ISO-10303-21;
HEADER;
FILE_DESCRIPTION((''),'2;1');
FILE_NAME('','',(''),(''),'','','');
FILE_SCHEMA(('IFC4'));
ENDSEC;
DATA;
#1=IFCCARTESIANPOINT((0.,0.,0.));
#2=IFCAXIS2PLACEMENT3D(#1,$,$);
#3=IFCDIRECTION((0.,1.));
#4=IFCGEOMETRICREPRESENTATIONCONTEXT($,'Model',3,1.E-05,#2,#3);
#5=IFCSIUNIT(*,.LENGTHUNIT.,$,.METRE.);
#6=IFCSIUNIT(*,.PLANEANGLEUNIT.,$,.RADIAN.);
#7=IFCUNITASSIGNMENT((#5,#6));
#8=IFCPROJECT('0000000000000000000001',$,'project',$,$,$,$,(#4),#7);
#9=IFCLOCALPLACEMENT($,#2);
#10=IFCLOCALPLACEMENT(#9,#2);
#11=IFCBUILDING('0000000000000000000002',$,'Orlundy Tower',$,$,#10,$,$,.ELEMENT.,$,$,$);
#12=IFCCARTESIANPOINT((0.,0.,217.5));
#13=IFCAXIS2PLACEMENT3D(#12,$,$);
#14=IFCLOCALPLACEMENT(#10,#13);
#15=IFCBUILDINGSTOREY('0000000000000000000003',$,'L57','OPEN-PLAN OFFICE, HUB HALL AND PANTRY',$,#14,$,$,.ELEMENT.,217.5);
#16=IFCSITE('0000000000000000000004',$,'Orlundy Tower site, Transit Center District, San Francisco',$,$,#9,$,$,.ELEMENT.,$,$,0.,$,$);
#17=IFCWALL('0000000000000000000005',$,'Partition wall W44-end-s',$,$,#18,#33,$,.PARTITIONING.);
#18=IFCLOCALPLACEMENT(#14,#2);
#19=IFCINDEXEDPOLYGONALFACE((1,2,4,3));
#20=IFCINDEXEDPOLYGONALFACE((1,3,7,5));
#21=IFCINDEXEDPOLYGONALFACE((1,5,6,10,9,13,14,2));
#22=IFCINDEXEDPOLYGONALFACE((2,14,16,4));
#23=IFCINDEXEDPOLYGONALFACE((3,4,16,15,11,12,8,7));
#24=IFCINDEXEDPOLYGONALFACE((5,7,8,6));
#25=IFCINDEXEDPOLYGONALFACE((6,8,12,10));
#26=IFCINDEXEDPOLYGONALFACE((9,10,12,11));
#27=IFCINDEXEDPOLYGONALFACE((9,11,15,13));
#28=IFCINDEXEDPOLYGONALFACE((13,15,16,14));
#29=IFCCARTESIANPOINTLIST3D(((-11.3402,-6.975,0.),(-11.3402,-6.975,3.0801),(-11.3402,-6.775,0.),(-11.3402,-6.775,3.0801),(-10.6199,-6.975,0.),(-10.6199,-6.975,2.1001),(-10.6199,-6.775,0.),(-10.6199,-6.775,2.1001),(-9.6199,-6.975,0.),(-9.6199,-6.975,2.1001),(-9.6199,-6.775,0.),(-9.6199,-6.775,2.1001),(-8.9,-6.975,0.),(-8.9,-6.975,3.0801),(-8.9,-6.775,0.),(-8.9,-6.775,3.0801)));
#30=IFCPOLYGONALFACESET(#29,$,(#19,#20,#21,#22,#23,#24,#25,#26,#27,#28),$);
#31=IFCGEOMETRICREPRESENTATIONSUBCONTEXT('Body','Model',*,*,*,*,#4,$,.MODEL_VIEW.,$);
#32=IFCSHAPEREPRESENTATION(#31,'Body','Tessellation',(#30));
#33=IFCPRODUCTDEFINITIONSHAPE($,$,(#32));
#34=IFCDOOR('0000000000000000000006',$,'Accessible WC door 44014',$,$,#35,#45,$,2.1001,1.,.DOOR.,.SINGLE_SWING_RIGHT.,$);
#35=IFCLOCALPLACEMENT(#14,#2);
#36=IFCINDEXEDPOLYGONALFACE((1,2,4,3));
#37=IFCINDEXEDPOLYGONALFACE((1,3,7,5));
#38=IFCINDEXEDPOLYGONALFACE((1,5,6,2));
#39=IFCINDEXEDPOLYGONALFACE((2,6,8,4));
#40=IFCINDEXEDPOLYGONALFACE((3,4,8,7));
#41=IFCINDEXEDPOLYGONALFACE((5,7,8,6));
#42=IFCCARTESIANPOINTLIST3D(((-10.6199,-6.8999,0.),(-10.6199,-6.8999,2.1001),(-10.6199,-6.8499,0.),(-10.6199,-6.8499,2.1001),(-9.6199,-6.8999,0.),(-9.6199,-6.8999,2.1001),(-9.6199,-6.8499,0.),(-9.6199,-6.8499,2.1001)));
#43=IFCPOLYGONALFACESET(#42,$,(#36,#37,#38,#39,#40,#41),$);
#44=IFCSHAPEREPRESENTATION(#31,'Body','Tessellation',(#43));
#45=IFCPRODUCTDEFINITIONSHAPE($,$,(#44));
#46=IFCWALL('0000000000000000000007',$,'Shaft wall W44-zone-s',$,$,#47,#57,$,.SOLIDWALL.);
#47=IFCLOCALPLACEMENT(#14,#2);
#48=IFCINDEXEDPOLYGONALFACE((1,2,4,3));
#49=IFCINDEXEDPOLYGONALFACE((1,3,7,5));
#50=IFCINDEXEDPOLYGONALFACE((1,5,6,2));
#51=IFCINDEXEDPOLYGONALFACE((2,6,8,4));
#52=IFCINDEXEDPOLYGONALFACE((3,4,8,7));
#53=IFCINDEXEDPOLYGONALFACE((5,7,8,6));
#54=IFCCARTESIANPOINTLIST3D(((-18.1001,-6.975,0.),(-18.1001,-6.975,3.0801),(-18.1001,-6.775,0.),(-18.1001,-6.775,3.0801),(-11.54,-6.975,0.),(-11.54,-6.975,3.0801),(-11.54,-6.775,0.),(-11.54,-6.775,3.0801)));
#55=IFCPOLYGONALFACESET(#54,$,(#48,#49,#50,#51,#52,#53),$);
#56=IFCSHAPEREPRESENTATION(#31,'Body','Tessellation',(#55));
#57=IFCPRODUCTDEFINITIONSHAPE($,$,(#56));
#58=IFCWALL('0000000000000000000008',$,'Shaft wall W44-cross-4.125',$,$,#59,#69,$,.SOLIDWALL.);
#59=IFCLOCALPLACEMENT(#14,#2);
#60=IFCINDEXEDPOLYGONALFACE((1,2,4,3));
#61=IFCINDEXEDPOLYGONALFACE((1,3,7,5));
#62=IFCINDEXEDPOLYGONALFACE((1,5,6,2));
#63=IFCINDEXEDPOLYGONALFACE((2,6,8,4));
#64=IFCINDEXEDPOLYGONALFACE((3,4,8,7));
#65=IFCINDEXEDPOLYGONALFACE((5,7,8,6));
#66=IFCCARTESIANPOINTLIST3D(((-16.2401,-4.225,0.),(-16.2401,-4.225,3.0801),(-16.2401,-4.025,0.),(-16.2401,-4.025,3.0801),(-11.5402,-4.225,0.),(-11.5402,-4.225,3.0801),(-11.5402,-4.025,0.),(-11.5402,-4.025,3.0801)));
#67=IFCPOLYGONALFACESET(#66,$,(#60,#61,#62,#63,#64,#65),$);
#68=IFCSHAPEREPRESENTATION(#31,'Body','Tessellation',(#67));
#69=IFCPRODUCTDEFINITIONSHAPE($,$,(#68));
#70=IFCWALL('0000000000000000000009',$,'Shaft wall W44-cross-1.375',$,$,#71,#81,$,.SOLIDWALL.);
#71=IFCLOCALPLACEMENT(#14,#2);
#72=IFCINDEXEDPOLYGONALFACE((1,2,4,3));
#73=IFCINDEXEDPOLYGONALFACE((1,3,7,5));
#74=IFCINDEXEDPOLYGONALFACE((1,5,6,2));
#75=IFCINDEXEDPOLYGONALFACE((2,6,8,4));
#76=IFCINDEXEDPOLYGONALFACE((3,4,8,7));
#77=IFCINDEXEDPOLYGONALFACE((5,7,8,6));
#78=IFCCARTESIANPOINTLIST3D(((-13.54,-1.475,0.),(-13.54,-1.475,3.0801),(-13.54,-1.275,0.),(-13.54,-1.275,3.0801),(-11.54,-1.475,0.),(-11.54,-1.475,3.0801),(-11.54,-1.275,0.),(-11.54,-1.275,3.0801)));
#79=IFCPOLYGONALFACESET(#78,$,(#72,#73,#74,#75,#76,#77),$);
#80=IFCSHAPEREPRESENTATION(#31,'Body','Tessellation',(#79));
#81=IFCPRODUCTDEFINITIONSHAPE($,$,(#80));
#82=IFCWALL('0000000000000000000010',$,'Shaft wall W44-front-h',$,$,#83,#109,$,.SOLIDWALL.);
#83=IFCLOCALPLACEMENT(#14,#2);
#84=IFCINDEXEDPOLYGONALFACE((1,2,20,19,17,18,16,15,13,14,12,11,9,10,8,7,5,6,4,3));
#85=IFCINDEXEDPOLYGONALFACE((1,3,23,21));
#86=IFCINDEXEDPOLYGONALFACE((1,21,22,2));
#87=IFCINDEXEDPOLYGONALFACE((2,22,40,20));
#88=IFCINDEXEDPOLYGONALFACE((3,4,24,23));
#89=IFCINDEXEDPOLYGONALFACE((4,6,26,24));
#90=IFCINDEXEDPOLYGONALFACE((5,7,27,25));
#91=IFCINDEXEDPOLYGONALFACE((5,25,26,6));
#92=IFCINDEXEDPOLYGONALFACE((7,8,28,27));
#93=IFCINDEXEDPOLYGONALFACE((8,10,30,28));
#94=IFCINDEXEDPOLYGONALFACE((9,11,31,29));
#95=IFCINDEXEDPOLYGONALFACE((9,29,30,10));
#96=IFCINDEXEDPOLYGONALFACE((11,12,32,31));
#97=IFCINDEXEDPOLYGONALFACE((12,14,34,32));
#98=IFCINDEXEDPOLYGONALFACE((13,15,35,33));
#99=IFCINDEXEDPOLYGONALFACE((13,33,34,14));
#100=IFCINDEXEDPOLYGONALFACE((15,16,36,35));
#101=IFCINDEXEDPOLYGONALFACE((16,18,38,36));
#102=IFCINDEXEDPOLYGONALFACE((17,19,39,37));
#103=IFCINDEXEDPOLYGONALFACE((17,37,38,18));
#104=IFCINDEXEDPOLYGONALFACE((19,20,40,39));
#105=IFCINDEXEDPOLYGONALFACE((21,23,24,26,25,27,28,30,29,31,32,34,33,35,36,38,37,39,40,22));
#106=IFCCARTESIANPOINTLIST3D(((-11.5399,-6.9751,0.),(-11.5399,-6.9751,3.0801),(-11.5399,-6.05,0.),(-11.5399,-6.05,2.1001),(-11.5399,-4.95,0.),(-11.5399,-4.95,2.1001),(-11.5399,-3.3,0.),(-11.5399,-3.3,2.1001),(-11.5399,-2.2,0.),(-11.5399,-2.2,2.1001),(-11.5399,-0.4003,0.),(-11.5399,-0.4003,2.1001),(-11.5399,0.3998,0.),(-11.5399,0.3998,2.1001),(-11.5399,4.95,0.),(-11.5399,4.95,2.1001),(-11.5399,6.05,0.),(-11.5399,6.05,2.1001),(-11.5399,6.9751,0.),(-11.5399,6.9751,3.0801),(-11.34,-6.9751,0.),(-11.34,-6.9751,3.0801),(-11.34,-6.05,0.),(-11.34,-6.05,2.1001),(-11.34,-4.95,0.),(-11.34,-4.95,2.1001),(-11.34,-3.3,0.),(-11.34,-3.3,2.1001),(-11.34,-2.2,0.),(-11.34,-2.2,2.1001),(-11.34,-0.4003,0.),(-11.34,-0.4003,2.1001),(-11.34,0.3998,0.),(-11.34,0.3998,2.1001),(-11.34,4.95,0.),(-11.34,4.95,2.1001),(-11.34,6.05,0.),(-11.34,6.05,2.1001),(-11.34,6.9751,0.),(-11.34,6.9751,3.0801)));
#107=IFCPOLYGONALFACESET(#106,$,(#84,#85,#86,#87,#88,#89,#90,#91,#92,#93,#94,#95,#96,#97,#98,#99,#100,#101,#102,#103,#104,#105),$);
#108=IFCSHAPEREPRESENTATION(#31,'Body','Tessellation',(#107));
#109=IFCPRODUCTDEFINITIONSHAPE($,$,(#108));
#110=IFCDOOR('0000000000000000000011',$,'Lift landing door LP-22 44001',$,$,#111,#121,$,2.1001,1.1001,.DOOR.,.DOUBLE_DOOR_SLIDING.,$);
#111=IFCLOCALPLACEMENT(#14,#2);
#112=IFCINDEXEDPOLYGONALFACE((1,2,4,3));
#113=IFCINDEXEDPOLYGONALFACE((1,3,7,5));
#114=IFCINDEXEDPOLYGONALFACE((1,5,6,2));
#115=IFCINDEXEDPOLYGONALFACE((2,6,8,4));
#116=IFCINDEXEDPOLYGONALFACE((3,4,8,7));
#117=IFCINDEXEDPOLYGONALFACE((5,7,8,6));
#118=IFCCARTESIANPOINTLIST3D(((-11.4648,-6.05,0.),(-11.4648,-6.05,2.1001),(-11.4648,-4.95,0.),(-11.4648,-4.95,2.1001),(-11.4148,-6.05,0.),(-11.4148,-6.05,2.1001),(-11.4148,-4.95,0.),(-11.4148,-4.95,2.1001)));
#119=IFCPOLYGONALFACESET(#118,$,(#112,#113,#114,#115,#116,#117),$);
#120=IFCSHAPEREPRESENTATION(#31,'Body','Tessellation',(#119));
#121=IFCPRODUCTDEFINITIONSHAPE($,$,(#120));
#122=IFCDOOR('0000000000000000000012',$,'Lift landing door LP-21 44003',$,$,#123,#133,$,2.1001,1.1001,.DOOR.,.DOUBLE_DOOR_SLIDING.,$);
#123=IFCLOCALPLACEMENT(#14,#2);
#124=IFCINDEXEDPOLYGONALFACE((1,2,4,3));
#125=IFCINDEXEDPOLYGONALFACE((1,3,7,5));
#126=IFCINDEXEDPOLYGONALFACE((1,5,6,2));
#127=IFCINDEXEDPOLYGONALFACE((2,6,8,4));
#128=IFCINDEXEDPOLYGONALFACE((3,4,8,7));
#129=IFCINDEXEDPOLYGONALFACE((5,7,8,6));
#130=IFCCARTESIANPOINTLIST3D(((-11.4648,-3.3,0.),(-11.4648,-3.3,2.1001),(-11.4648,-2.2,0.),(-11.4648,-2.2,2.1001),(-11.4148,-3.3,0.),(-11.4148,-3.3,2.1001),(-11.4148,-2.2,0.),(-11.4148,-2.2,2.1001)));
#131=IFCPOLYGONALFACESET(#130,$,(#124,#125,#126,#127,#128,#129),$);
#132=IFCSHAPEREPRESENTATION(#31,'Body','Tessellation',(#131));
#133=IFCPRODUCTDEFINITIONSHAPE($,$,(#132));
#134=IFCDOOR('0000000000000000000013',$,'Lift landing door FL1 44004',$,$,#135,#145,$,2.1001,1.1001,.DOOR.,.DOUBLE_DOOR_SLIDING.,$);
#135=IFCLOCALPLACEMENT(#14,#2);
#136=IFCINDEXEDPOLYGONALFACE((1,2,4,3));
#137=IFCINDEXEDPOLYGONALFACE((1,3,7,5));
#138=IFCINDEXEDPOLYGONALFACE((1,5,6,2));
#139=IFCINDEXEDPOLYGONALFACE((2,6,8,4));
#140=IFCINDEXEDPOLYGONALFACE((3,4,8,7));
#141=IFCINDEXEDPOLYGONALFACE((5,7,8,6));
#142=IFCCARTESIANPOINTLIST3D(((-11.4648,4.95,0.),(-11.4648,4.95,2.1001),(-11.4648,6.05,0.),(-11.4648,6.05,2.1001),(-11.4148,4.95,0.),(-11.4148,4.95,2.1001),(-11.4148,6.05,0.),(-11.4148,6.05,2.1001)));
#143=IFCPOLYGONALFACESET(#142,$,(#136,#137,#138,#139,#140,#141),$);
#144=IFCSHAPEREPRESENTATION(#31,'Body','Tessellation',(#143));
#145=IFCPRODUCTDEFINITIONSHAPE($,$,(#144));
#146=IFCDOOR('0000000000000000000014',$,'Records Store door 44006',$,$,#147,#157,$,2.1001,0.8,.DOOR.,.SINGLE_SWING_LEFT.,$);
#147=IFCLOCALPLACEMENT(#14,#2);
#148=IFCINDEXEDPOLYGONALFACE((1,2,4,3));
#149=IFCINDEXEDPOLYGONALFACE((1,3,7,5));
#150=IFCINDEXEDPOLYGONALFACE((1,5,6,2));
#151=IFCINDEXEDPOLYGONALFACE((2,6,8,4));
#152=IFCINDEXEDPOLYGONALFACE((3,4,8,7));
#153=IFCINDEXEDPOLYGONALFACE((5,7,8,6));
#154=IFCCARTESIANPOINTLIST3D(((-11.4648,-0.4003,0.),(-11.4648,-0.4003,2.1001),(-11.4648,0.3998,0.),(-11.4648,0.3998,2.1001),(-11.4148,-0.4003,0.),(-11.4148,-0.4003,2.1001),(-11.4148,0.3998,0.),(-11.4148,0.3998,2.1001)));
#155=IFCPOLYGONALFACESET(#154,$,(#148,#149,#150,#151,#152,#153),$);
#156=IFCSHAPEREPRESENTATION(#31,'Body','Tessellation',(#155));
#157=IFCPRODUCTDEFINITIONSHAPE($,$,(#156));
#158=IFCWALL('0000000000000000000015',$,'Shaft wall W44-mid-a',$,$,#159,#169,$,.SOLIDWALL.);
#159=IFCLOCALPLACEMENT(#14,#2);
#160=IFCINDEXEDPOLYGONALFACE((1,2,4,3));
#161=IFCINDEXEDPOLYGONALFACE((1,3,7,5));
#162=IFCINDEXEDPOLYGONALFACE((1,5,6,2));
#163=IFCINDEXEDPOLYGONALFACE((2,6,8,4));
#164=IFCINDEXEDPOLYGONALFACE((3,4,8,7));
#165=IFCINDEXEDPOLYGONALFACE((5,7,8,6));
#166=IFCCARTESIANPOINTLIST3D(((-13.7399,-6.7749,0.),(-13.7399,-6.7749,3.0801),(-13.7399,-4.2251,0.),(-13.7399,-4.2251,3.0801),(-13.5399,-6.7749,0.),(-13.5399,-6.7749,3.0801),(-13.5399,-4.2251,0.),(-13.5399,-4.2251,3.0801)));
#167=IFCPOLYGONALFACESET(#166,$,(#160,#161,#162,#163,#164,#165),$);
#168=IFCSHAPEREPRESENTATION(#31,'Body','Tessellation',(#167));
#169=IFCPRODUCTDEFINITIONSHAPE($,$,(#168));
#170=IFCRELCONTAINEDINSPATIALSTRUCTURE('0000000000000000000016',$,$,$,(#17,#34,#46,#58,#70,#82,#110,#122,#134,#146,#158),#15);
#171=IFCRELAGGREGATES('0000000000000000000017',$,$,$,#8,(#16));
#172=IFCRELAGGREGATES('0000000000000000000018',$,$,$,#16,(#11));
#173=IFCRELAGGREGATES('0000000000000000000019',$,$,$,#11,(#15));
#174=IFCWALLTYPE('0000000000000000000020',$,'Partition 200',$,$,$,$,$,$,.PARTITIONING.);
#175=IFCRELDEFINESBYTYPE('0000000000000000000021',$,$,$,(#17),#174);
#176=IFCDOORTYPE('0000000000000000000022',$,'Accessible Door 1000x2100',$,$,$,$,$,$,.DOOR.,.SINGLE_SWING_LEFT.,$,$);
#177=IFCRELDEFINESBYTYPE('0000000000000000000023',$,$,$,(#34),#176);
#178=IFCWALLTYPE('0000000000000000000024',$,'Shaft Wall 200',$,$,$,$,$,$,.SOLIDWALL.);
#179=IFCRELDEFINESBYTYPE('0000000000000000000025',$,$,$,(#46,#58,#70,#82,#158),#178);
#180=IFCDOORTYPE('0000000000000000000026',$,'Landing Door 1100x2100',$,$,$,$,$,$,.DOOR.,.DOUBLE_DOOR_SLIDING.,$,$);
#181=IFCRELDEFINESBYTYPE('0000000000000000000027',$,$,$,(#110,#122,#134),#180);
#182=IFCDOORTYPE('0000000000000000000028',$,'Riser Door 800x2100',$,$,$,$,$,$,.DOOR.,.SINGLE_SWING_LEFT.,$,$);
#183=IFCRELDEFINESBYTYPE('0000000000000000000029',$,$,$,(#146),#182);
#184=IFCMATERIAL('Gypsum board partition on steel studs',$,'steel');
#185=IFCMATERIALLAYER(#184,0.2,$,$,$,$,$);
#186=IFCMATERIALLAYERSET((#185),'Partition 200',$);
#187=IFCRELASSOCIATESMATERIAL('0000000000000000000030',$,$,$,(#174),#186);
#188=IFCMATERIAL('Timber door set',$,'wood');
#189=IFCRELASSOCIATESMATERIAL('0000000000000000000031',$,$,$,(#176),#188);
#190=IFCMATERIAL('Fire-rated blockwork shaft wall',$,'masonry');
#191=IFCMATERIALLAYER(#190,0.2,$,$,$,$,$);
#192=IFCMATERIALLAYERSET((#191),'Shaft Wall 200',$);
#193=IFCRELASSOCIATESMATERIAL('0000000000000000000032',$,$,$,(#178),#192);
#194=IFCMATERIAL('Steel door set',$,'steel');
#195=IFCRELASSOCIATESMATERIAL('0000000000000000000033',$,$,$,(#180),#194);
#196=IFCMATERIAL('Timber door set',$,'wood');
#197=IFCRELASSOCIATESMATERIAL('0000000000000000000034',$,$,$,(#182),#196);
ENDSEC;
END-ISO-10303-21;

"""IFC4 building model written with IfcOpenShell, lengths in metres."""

from ifc_helpers import new_model, si_unit, direction, frame, frame_2d, origin, place, context, subcontext, project, spatial, rectangle, extrude, material, layer, layer_set, type_object, element, fill, save


model = new_model("IFC4")

# Units and contexts
model_context = context("Model", 3, precision=1e-05, world=origin(), true_north=direction((0.0, 1.0)))
body_context = subcontext(model_context, "Body", "Model", "MODEL_VIEW")
ifc_project = project(units=[si_unit("LENGTHUNIT", "METRE"), si_unit("PLANEANGLEUNIT", "RADIAN")], contexts=[model_context])

# Site, building, storey
site_placement = place(None, origin())
site = spatial("IfcSite", under=ifc_project, at=site_placement, Name="Orlundy Tower site, Transit Center District, San Francisco", CompositionType="ELEMENT", RefElevation=0.0)
building_placement = place(site_placement, origin())
building = spatial("IfcBuilding", under=site, at=building_placement, Name="Orlundy Tower", CompositionType="ELEMENT")
storey_placement = place(building_placement, frame((0.0, 0.0, 217.5)))
storey = spatial("IfcBuildingStorey", under=building, at=storey_placement, Name="L57", Description="OPEN-PLAN OFFICE, HUB HALL AND PANTRY", CompositionType="ELEMENT", Elevation=217.5)

# Wall, opening, door
ifc_material_1 = material(Name="Gypsum board partition on steel studs", Category="steel")
ifc_layer_1 = layer(ifc_material_1, 0.2)
ifc_layer_set_1 = layer_set([ifc_layer_1], Name="Partition 200")
wall_type_1 = type_object("IfcWallType", Name="Partition 200", PredefinedType="PARTITIONING", material=ifc_layer_set_1)
wall_1_placement = place(storey_placement, frame((-8.8999, -6.875, 0.0), z_axis=(0.0, 0.0, 1.0), x_axis=(-1.0, 0.0, 0.0)))
wall_1 = element("IfcWall", 1, at=wall_1_placement, inside=storey, type_object=wall_type_1, Name="Partition wall W44-end-s", PredefinedType="PARTITIONING", context=body_context, shape_type="SweptSolid", body=[
    extrude(rectangle(XDim=2.4402, YDim=0.2, at=frame_2d((1.2202, 0.0))), origin(), (0.0, 0.0, 1.0), 3.0801),
])
opening_1_placement = place(wall_1_placement, frame((0.72, 0.0, 0.0)))
opening_1 = element("IfcOpeningElement", 2, at=opening_1_placement, cuts=wall_1, PredefinedType="OPENING", context=body_context, shape_type="SweptSolid", body=[
    extrude(rectangle(XDim=1.0, YDim=2.1001, at=frame_2d((0.5, 1.05))), frame((0.0, 0.1101, 0.0), z_axis=(0.0, -1.0, 0.0), x_axis=(1.0, 0.0, 0.0)), (0.0, 0.0, 1.0), 0.2202),
])
ifc_material_2 = material(Name="Timber door set", Category="wood")
door_type_1 = type_object("IfcDoorType", Name="Accessible Door 1000x2100", OperationType="SINGLE_SWING_LEFT", PredefinedType="DOOR", material=ifc_material_2)
door_1_placement = place(opening_1_placement, origin())
door_1 = element("IfcDoor", 3, at=door_1_placement, inside=storey, type_object=door_type_1, Name="Accessible WC door 44014", OperationType="SINGLE_SWING_RIGHT", OverallHeight=2.1001, OverallWidth=1.0, PredefinedType="DOOR", context=body_context, shape_type="SweptSolid", body=[
    extrude(rectangle(XDim=1.0, YDim=2.1001, at=frame_2d((0.5, 1.05))), frame((0.0, 0.0249, 0.0), z_axis=(0.0, -1.0, 0.0), x_axis=(1.0, 0.0, 0.0)), (0.0, 0.0, 1.0), 0.05),
])
fill(opening_1, door_1)

# Walls
ifc_material_3 = material(Name="Fire-rated blockwork shaft wall", Category="masonry")
ifc_layer_2 = layer(ifc_material_3, 0.2)
ifc_layer_set_2 = layer_set([ifc_layer_2], Name="Shaft Wall 200")
wall_type_2 = type_object("IfcWallType", Name="Shaft Wall 200", PredefinedType="SOLIDWALL", material=ifc_layer_set_2)
wall_2_placement = place(storey_placement, frame((-11.54, -6.875, 0.0), z_axis=(0.0, 0.0, 1.0), x_axis=(-1.0, 0.0, 0.0)))
element("IfcWall", 4, at=wall_2_placement, inside=storey, type_object=wall_type_2, Name="Shaft wall W44-zone-s", PredefinedType="SOLIDWALL", context=body_context, shape_type="SweptSolid", body=[
    extrude(rectangle(XDim=6.5601, YDim=0.2, at=frame_2d((3.28, 0.0))), origin(), (0.0, 0.0, 1.0), 3.0801),
])
wall_3_placement = place(storey_placement, frame((-11.54, -4.125, 0.0), z_axis=(0.0, 0.0, 1.0), x_axis=(-1.0, 0.0, 0.0)))
element("IfcWall", 5, at=wall_3_placement, inside=storey, type_object=wall_type_2, Name="Shaft wall W44-cross-4.125", PredefinedType="SOLIDWALL", context=body_context, shape_type="SweptSolid", body=[
    extrude(rectangle(XDim=4.7, YDim=0.2, at=frame_2d((2.3501, 0.0))), origin(), (0.0, 0.0, 1.0), 3.0801),
])
wall_4_placement = place(storey_placement, frame((-11.54, -1.375, 0.0), z_axis=(0.0, 0.0, 1.0), x_axis=(-1.0, 0.0, 0.0)))
element("IfcWall", 6, at=wall_4_placement, inside=storey, type_object=wall_type_2, Name="Shaft wall W44-cross-1.375", PredefinedType="SOLIDWALL", context=body_context, shape_type="SweptSolid", body=[
    extrude(rectangle(XDim=2.0, YDim=0.2, at=frame_2d((1.0, 0.0))), origin(), (0.0, 0.0, 1.0), 3.0801),
])

# Wall, openings, doors
wall_5_placement = place(storey_placement, frame((-11.4399, -6.9751, 0.0), z_axis=(0.0, 0.0, 1.0), x_axis=(0.0, 1.0, 0.0)))
wall_5 = element("IfcWall", 7, at=wall_5_placement, inside=storey, type_object=wall_type_2, Name="Shaft wall W44-front-h", PredefinedType="SOLIDWALL", context=body_context, shape_type="SweptSolid", body=[
    extrude(rectangle(XDim=13.9502, YDim=0.2, at=frame_2d((6.9751, 0.0))), origin(), (0.0, 0.0, 1.0), 3.0801),
])
opening_2_placement = place(wall_5_placement, frame((0.925, 0.0, 0.0)))
opening_2 = element("IfcOpeningElement", 8, at=opening_2_placement, cuts=wall_5, PredefinedType="OPENING", context=body_context, shape_type="SweptSolid", body=[
    extrude(rectangle(XDim=1.1001, YDim=2.1001, at=frame_2d((0.55, 1.05))), frame((0.0, 0.1101, 0.0), z_axis=(0.0, -1.0, 0.0), x_axis=(1.0, 0.0, 0.0)), (0.0, 0.0, 1.0), 0.2202),
])
opening_3_placement = place(wall_5_placement, frame((3.675, 0.0, 0.0)))
opening_3 = element("IfcOpeningElement", 9, at=opening_3_placement, cuts=wall_5, PredefinedType="OPENING", context=body_context, shape_type="SweptSolid", body=[
    extrude(rectangle(XDim=1.1001, YDim=2.1001, at=frame_2d((0.55, 1.05))), frame((0.0, 0.1101, 0.0), z_axis=(0.0, -1.0, 0.0), x_axis=(1.0, 0.0, 0.0)), (0.0, 0.0, 1.0), 0.2202),
])
opening_4_placement = place(wall_5_placement, frame((11.925, 0.0, 0.0)))
opening_4 = element("IfcOpeningElement", 10, at=opening_4_placement, cuts=wall_5, PredefinedType="OPENING", context=body_context, shape_type="SweptSolid", body=[
    extrude(rectangle(XDim=1.1001, YDim=2.1001, at=frame_2d((0.55, 1.05))), frame((0.0, 0.1101, 0.0), z_axis=(0.0, -1.0, 0.0), x_axis=(1.0, 0.0, 0.0)), (0.0, 0.0, 1.0), 0.2202),
])
opening_5_placement = place(wall_5_placement, frame((6.575, 0.0, 0.0)))
opening_5 = element("IfcOpeningElement", 11, at=opening_5_placement, cuts=wall_5, PredefinedType="OPENING", context=body_context, shape_type="SweptSolid", body=[
    extrude(rectangle(XDim=0.8, YDim=2.1001, at=frame_2d((0.3999, 1.05))), frame((0.0, 0.1101, 0.0), z_axis=(0.0, -1.0, 0.0), x_axis=(1.0, 0.0, 0.0)), (0.0, 0.0, 1.0), 0.2202),
])
ifc_material_4 = material(Name="Steel door set", Category="steel")
door_type_2 = type_object("IfcDoorType", Name="Landing Door 1100x2100", OperationType="DOUBLE_DOOR_SLIDING", PredefinedType="DOOR", material=ifc_material_4)
door_2_placement = place(opening_2_placement, origin())
door_2 = element("IfcDoor", 12, at=door_2_placement, inside=storey, type_object=door_type_2, Name="Lift landing door LP-22 44001", OperationType="DOUBLE_DOOR_SLIDING", OverallHeight=2.1001, OverallWidth=1.1001, PredefinedType="DOOR", context=body_context, shape_type="SweptSolid", body=[
    extrude(rectangle(XDim=1.1001, YDim=2.1001, at=frame_2d((0.55, 1.05))), frame((0.0, 0.0249, 0.0), z_axis=(0.0, -1.0, 0.0), x_axis=(1.0, 0.0, 0.0)), (0.0, 0.0, 1.0), 0.05),
])
fill(opening_2, door_2)
door_3_placement = place(opening_3_placement, origin())
door_3 = element("IfcDoor", 13, at=door_3_placement, inside=storey, type_object=door_type_2, Name="Lift landing door LP-21 44003", OperationType="DOUBLE_DOOR_SLIDING", OverallHeight=2.1001, OverallWidth=1.1001, PredefinedType="DOOR", context=body_context, shape_type="SweptSolid", body=[
    extrude(rectangle(XDim=1.1001, YDim=2.1001, at=frame_2d((0.55, 1.05))), frame((0.0, 0.0249, 0.0), z_axis=(0.0, -1.0, 0.0), x_axis=(1.0, 0.0, 0.0)), (0.0, 0.0, 1.0), 0.05),
])
fill(opening_3, door_3)
door_4_placement = place(opening_4_placement, origin())
door_4 = element("IfcDoor", 14, at=door_4_placement, inside=storey, type_object=door_type_2, Name="Lift landing door FL1 44004", OperationType="DOUBLE_DOOR_SLIDING", OverallHeight=2.1001, OverallWidth=1.1001, PredefinedType="DOOR", context=body_context, shape_type="SweptSolid", body=[
    extrude(rectangle(XDim=1.1001, YDim=2.1001, at=frame_2d((0.55, 1.05))), frame((0.0, 0.0249, 0.0), z_axis=(0.0, -1.0, 0.0), x_axis=(1.0, 0.0, 0.0)), (0.0, 0.0, 1.0), 0.05),
])
fill(opening_4, door_4)
ifc_material_5 = material(Name="Timber door set", Category="wood")
door_type_3 = type_object("IfcDoorType", Name="Riser Door 800x2100", OperationType="SINGLE_SWING_LEFT", PredefinedType="DOOR", material=ifc_material_5)
door_5_placement = place(opening_5_placement, origin())
door_5 = element("IfcDoor", 15, at=door_5_placement, inside=storey, type_object=door_type_3, Name="Records Store door 44006", OperationType="SINGLE_SWING_LEFT", OverallHeight=2.1001, OverallWidth=0.8, PredefinedType="DOOR", context=body_context, shape_type="SweptSolid", body=[
    extrude(rectangle(XDim=0.8, YDim=2.1001, at=frame_2d((0.3999, 1.05))), frame((0.0, 0.0249, 0.0), z_axis=(0.0, -1.0, 0.0), x_axis=(1.0, 0.0, 0.0)), (0.0, 0.0, 1.0), 0.05),
])
fill(opening_5, door_5)

# Wall
wall_6_placement = place(storey_placement, frame((-13.6399, -6.7749, 0.0), z_axis=(0.0, 0.0, 1.0), x_axis=(0.0, 1.0, 0.0)))
element("IfcWall", 16, at=wall_6_placement, inside=storey, type_object=wall_type_2, Name="Shaft wall W44-mid-a", PredefinedType="SOLIDWALL", context=body_context, shape_type="SweptSolid", body=[
    extrude(rectangle(XDim=2.5498, YDim=0.2, at=frame_2d((1.2749, 0.0))), origin(), (0.0, 0.0, 1.0), 3.0801),
])

save(model, "model.ifc")
